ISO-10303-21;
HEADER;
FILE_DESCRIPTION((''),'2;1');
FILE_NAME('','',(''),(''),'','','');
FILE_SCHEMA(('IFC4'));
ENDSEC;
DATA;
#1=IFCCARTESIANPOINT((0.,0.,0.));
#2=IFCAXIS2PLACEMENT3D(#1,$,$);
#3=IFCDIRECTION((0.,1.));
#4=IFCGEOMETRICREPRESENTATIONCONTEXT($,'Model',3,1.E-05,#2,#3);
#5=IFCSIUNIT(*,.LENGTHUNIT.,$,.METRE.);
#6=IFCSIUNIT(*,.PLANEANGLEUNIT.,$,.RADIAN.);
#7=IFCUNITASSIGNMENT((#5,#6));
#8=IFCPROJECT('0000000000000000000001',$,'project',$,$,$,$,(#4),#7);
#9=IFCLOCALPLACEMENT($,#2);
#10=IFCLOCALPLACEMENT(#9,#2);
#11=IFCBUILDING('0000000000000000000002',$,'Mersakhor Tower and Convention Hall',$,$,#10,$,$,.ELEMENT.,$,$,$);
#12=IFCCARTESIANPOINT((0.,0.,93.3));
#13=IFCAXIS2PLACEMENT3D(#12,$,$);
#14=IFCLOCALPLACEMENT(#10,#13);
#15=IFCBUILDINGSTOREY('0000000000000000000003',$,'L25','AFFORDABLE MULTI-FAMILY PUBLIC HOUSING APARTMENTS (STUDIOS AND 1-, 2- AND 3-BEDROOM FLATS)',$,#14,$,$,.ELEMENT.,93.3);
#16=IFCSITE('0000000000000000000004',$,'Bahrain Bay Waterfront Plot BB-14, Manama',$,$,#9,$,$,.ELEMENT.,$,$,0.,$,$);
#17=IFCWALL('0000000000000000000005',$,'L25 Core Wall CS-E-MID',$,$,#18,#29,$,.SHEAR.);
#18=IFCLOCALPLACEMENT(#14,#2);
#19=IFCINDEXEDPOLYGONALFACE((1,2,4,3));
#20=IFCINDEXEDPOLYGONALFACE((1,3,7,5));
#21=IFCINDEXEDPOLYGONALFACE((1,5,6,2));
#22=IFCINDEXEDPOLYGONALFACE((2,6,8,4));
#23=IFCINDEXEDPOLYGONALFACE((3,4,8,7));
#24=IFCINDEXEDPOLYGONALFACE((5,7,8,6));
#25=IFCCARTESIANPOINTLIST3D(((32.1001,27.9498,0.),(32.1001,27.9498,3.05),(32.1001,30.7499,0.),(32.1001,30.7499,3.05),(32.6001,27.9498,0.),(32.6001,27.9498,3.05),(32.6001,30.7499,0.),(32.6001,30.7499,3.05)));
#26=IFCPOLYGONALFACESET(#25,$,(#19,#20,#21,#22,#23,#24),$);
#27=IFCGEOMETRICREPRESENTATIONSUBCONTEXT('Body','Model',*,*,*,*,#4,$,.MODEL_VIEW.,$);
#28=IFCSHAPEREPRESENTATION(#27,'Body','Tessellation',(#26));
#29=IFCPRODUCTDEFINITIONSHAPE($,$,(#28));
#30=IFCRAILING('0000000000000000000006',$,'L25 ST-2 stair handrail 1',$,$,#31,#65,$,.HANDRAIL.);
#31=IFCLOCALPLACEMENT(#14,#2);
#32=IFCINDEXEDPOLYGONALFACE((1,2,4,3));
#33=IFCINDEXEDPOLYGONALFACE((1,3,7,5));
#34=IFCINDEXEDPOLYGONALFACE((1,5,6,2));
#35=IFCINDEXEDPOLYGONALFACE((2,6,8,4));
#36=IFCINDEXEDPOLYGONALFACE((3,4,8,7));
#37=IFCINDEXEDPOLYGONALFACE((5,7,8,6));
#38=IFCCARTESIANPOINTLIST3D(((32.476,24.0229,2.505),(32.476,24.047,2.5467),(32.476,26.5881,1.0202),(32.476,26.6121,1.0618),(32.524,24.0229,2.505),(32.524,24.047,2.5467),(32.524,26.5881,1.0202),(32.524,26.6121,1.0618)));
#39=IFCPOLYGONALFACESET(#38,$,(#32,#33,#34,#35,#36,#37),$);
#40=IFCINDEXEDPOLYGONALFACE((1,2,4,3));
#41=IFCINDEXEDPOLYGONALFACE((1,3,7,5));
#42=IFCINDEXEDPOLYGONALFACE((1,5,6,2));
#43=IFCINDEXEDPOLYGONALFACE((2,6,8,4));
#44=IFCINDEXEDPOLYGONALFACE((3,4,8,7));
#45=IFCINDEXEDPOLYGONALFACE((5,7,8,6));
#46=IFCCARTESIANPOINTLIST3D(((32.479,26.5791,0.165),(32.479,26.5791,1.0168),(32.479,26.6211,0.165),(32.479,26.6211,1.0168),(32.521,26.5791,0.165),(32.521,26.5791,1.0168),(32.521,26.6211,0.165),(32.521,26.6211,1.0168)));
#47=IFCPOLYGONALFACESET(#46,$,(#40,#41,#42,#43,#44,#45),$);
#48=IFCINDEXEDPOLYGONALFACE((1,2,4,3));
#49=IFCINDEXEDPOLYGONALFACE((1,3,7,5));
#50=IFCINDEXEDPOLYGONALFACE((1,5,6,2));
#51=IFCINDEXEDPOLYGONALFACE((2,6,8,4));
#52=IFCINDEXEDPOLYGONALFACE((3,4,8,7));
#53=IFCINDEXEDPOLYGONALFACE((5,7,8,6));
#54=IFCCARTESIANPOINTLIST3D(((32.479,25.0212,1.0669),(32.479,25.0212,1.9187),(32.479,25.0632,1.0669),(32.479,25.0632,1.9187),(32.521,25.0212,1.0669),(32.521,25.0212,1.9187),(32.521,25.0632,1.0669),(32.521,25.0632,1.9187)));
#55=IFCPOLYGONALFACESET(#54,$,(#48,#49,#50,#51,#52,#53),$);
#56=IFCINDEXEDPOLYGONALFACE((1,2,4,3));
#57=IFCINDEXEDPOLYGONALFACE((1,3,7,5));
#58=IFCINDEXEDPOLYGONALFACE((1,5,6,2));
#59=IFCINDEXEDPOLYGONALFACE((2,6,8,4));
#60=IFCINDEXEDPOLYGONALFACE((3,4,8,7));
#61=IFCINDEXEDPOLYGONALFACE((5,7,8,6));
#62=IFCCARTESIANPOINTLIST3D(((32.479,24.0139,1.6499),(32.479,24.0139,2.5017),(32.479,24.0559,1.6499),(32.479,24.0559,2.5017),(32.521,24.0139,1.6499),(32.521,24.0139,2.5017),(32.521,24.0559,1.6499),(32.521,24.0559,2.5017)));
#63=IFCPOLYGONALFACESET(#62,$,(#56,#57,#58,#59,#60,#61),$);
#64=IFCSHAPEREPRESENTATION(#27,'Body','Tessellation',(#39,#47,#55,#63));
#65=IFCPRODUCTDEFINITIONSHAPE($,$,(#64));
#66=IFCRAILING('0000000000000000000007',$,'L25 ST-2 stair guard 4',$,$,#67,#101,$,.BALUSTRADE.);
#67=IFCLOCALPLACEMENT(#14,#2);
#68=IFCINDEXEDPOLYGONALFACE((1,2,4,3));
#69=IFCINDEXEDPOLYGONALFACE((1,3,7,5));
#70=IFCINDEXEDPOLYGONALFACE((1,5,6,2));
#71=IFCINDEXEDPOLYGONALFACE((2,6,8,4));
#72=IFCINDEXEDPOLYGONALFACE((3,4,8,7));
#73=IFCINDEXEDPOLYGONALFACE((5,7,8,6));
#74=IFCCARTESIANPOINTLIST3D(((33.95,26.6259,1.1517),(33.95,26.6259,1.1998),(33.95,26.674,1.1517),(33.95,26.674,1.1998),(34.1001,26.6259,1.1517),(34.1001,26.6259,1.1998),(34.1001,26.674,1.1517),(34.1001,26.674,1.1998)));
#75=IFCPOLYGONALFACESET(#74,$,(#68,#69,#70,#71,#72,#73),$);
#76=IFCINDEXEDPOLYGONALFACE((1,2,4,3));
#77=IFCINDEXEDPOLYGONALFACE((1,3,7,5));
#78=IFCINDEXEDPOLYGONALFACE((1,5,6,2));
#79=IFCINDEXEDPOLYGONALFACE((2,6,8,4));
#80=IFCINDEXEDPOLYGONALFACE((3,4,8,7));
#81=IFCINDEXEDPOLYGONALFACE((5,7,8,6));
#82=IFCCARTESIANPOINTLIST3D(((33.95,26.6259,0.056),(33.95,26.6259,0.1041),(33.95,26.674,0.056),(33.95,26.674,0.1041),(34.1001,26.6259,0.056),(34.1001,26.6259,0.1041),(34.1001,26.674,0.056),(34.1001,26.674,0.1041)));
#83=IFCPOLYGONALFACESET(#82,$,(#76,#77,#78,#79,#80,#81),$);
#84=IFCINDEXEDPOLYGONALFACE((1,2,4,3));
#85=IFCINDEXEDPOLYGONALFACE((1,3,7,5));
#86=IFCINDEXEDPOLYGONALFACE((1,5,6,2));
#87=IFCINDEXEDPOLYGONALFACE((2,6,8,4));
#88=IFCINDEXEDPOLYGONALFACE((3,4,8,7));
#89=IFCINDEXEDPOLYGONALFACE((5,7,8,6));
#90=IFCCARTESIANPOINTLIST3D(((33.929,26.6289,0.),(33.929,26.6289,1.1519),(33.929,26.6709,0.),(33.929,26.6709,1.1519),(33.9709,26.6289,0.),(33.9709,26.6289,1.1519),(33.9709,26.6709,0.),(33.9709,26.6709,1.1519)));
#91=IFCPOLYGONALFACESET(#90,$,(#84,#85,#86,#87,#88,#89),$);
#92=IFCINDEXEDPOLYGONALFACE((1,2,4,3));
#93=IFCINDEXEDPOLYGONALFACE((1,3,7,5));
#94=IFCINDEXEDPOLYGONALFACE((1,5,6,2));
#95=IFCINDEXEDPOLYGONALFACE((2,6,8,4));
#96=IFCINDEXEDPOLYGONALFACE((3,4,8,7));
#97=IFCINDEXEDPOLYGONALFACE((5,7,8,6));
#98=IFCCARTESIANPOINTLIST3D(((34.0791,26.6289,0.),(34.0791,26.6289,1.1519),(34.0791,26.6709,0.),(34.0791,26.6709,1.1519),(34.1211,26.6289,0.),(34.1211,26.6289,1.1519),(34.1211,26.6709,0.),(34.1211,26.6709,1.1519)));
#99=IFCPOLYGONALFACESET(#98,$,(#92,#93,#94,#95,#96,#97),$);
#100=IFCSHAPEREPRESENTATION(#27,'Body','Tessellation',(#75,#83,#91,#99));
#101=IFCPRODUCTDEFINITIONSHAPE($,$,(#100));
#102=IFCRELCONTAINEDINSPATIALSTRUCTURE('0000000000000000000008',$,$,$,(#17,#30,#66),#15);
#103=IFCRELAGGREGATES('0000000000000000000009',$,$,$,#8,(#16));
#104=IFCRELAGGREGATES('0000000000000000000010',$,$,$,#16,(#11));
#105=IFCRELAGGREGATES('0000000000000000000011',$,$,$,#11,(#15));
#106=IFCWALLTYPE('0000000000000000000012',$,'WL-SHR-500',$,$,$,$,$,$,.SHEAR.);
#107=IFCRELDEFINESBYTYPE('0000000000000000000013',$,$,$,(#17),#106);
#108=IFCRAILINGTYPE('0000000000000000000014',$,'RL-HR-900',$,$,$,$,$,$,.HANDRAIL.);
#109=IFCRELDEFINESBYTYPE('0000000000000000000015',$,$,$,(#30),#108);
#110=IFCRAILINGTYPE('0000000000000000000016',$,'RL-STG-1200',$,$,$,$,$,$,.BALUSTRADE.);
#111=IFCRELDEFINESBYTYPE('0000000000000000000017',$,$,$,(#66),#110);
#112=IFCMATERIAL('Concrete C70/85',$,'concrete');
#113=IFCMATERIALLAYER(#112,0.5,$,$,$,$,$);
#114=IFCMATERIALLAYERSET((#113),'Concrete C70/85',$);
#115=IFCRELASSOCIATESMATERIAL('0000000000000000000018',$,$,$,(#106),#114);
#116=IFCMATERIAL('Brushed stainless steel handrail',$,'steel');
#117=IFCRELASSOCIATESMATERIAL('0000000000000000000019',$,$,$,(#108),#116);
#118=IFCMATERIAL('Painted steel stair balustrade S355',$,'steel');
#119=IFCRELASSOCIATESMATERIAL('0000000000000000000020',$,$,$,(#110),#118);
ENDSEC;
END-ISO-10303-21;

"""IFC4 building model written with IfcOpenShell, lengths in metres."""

from ifc_helpers import new_model, si_unit, direction, frame, frame_2d, origin, origin_2d, place, context, subcontext, project, spatial, rectangle, extrude, material, layer, layer_set, type_object, element, save


model = new_model("IFC4")

# Units and contexts
model_context = context("Model", 3, precision=1e-05, world=origin(), true_north=direction((0.0, 1.0)))
body_context = subcontext(model_context, "Body", "Model", "MODEL_VIEW")
ifc_project = project(units=[si_unit("LENGTHUNIT", "METRE"), si_unit("PLANEANGLEUNIT", "RADIAN")], contexts=[model_context])

# Site, building, storey
site_placement = place(None, origin())
site = spatial("IfcSite", under=ifc_project, at=site_placement, Name="Bahrain Bay Waterfront Plot BB-14, Manama", CompositionType="ELEMENT", RefElevation=0.0)
building_placement = place(site_placement, origin())
building = spatial("IfcBuilding", under=site, at=building_placement, Name="Mersakhor Tower and Convention Hall", CompositionType="ELEMENT")
storey_placement = place(building_placement, frame((0.0, 0.0, 93.3)))
storey = spatial("IfcBuildingStorey", under=building, at=storey_placement, Name="L25", Description="AFFORDABLE MULTI-FAMILY PUBLIC HOUSING APARTMENTS (STUDIOS AND 1-, 2- AND 3-BEDROOM FLATS)", CompositionType="ELEMENT", Elevation=93.3)

# Shared definitions
ifc_material_1 = material(Name="Concrete C70/85", Category="concrete")
ifc_layer_1 = layer(ifc_material_1, 0.5)
ifc_layer_set_1 = layer_set([ifc_layer_1], Name="Concrete C70/85")
wall_type_1 = type_object("IfcWallType", Name="WL-SHR-500", PredefinedType="SHEAR", material=ifc_layer_set_1)

# Wall
wall_1_placement = place(storey_placement, frame((32.3501, 27.95, 0.0), z_axis=(0.0, 0.0, 1.0), x_axis=(0.0, 1.0, 0.0)))
element("IfcWall", 1, at=wall_1_placement, inside=storey, type_object=wall_type_1, Name="L25 Core Wall CS-E-MID", PredefinedType="SHEAR", context=body_context, shape_type="SweptSolid", body=[
    extrude(rectangle(XDim=2.8, YDim=0.5, at=frame_2d((1.3999, 0.0))), origin(), (0.0, 0.0, 1.0), 3.05),
])

# Railings
ifc_material_2 = material(Name="Brushed stainless steel handrail", Category="steel")
railing_type_1 = type_object("IfcRailingType", Name="RL-HR-900", PredefinedType="HANDRAIL", material=ifc_material_2)
railing_1_placement = place(storey_placement, frame((32.5, 26.6001, 0.165)))
element("IfcRailing", 2, at=railing_1_placement, inside=storey, type_object=railing_type_1, Name="L25 ST-2 stair handrail 1", PredefinedType="HANDRAIL", context=body_context, shape_type="SweptSolid", body=[
    extrude(rectangle(XDim=0.0481, YDim=0.0481, at=origin_2d()), frame((0.0, 0.0, 0.876), z_axis=(0.0, -0.865462, 0.500975), x_axis=(1.0, 0.0, 0.0)), (0.0, 0.0, 1.0), 2.9639),
    extrude(rectangle(XDim=0.042, YDim=0.042, at=origin_2d()), origin(), (0.0, 0.0, 1.0), 0.8518),
    extrude(rectangle(XDim=0.042, YDim=0.042, at=origin_2d()), frame((0.0, -1.5579, 0.9019)), (0.0, 0.0, 1.0), 0.8518),
    extrude(rectangle(XDim=0.042, YDim=0.042, at=origin_2d()), frame((0.0, -2.5652, 1.4849)), (0.0, 0.0, 1.0), 0.8518),
])
ifc_material_3 = material(Name="Painted steel stair balustrade S355", Category="steel")
railing_type_2 = type_object("IfcRailingType", Name="RL-STG-1200", PredefinedType="BALUSTRADE", material=ifc_material_3)
railing_2_placement = place(storey_placement, frame((33.95, 26.6499, 0.0)))
element("IfcRailing", 3, at=railing_2_placement, inside=storey, type_object=railing_type_2, Name="L25 ST-2 stair guard 4", PredefinedType="BALUSTRADE", context=body_context, shape_type="SweptSolid", body=[
    extrude(rectangle(XDim=0.0481, YDim=0.0481, at=origin_2d()), frame((0.0, 0.0, 1.1758), z_axis=(1.0, 0.0, 0.0), x_axis=(0.0, 1.0, 0.0)), (0.0, 0.0, 1.0), 0.1501),
    extrude(rectangle(XDim=0.0481, YDim=0.0481, at=origin_2d()), frame((0.0, 0.0, 0.0801), z_axis=(1.0, 0.0, 0.0), x_axis=(0.0, 1.0, 0.0)), (0.0, 0.0, 1.0), 0.1501),
    extrude(rectangle(XDim=0.042, YDim=0.042, at=origin_2d()), origin(), (0.0, 0.0, 1.0), 1.1519),
    extrude(rectangle(XDim=0.042, YDim=0.042, at=origin_2d()), frame((0.1501, 0.0, 0.0)), (0.0, 0.0, 1.0), 1.1519),
])

save(model, "model.ifc")
